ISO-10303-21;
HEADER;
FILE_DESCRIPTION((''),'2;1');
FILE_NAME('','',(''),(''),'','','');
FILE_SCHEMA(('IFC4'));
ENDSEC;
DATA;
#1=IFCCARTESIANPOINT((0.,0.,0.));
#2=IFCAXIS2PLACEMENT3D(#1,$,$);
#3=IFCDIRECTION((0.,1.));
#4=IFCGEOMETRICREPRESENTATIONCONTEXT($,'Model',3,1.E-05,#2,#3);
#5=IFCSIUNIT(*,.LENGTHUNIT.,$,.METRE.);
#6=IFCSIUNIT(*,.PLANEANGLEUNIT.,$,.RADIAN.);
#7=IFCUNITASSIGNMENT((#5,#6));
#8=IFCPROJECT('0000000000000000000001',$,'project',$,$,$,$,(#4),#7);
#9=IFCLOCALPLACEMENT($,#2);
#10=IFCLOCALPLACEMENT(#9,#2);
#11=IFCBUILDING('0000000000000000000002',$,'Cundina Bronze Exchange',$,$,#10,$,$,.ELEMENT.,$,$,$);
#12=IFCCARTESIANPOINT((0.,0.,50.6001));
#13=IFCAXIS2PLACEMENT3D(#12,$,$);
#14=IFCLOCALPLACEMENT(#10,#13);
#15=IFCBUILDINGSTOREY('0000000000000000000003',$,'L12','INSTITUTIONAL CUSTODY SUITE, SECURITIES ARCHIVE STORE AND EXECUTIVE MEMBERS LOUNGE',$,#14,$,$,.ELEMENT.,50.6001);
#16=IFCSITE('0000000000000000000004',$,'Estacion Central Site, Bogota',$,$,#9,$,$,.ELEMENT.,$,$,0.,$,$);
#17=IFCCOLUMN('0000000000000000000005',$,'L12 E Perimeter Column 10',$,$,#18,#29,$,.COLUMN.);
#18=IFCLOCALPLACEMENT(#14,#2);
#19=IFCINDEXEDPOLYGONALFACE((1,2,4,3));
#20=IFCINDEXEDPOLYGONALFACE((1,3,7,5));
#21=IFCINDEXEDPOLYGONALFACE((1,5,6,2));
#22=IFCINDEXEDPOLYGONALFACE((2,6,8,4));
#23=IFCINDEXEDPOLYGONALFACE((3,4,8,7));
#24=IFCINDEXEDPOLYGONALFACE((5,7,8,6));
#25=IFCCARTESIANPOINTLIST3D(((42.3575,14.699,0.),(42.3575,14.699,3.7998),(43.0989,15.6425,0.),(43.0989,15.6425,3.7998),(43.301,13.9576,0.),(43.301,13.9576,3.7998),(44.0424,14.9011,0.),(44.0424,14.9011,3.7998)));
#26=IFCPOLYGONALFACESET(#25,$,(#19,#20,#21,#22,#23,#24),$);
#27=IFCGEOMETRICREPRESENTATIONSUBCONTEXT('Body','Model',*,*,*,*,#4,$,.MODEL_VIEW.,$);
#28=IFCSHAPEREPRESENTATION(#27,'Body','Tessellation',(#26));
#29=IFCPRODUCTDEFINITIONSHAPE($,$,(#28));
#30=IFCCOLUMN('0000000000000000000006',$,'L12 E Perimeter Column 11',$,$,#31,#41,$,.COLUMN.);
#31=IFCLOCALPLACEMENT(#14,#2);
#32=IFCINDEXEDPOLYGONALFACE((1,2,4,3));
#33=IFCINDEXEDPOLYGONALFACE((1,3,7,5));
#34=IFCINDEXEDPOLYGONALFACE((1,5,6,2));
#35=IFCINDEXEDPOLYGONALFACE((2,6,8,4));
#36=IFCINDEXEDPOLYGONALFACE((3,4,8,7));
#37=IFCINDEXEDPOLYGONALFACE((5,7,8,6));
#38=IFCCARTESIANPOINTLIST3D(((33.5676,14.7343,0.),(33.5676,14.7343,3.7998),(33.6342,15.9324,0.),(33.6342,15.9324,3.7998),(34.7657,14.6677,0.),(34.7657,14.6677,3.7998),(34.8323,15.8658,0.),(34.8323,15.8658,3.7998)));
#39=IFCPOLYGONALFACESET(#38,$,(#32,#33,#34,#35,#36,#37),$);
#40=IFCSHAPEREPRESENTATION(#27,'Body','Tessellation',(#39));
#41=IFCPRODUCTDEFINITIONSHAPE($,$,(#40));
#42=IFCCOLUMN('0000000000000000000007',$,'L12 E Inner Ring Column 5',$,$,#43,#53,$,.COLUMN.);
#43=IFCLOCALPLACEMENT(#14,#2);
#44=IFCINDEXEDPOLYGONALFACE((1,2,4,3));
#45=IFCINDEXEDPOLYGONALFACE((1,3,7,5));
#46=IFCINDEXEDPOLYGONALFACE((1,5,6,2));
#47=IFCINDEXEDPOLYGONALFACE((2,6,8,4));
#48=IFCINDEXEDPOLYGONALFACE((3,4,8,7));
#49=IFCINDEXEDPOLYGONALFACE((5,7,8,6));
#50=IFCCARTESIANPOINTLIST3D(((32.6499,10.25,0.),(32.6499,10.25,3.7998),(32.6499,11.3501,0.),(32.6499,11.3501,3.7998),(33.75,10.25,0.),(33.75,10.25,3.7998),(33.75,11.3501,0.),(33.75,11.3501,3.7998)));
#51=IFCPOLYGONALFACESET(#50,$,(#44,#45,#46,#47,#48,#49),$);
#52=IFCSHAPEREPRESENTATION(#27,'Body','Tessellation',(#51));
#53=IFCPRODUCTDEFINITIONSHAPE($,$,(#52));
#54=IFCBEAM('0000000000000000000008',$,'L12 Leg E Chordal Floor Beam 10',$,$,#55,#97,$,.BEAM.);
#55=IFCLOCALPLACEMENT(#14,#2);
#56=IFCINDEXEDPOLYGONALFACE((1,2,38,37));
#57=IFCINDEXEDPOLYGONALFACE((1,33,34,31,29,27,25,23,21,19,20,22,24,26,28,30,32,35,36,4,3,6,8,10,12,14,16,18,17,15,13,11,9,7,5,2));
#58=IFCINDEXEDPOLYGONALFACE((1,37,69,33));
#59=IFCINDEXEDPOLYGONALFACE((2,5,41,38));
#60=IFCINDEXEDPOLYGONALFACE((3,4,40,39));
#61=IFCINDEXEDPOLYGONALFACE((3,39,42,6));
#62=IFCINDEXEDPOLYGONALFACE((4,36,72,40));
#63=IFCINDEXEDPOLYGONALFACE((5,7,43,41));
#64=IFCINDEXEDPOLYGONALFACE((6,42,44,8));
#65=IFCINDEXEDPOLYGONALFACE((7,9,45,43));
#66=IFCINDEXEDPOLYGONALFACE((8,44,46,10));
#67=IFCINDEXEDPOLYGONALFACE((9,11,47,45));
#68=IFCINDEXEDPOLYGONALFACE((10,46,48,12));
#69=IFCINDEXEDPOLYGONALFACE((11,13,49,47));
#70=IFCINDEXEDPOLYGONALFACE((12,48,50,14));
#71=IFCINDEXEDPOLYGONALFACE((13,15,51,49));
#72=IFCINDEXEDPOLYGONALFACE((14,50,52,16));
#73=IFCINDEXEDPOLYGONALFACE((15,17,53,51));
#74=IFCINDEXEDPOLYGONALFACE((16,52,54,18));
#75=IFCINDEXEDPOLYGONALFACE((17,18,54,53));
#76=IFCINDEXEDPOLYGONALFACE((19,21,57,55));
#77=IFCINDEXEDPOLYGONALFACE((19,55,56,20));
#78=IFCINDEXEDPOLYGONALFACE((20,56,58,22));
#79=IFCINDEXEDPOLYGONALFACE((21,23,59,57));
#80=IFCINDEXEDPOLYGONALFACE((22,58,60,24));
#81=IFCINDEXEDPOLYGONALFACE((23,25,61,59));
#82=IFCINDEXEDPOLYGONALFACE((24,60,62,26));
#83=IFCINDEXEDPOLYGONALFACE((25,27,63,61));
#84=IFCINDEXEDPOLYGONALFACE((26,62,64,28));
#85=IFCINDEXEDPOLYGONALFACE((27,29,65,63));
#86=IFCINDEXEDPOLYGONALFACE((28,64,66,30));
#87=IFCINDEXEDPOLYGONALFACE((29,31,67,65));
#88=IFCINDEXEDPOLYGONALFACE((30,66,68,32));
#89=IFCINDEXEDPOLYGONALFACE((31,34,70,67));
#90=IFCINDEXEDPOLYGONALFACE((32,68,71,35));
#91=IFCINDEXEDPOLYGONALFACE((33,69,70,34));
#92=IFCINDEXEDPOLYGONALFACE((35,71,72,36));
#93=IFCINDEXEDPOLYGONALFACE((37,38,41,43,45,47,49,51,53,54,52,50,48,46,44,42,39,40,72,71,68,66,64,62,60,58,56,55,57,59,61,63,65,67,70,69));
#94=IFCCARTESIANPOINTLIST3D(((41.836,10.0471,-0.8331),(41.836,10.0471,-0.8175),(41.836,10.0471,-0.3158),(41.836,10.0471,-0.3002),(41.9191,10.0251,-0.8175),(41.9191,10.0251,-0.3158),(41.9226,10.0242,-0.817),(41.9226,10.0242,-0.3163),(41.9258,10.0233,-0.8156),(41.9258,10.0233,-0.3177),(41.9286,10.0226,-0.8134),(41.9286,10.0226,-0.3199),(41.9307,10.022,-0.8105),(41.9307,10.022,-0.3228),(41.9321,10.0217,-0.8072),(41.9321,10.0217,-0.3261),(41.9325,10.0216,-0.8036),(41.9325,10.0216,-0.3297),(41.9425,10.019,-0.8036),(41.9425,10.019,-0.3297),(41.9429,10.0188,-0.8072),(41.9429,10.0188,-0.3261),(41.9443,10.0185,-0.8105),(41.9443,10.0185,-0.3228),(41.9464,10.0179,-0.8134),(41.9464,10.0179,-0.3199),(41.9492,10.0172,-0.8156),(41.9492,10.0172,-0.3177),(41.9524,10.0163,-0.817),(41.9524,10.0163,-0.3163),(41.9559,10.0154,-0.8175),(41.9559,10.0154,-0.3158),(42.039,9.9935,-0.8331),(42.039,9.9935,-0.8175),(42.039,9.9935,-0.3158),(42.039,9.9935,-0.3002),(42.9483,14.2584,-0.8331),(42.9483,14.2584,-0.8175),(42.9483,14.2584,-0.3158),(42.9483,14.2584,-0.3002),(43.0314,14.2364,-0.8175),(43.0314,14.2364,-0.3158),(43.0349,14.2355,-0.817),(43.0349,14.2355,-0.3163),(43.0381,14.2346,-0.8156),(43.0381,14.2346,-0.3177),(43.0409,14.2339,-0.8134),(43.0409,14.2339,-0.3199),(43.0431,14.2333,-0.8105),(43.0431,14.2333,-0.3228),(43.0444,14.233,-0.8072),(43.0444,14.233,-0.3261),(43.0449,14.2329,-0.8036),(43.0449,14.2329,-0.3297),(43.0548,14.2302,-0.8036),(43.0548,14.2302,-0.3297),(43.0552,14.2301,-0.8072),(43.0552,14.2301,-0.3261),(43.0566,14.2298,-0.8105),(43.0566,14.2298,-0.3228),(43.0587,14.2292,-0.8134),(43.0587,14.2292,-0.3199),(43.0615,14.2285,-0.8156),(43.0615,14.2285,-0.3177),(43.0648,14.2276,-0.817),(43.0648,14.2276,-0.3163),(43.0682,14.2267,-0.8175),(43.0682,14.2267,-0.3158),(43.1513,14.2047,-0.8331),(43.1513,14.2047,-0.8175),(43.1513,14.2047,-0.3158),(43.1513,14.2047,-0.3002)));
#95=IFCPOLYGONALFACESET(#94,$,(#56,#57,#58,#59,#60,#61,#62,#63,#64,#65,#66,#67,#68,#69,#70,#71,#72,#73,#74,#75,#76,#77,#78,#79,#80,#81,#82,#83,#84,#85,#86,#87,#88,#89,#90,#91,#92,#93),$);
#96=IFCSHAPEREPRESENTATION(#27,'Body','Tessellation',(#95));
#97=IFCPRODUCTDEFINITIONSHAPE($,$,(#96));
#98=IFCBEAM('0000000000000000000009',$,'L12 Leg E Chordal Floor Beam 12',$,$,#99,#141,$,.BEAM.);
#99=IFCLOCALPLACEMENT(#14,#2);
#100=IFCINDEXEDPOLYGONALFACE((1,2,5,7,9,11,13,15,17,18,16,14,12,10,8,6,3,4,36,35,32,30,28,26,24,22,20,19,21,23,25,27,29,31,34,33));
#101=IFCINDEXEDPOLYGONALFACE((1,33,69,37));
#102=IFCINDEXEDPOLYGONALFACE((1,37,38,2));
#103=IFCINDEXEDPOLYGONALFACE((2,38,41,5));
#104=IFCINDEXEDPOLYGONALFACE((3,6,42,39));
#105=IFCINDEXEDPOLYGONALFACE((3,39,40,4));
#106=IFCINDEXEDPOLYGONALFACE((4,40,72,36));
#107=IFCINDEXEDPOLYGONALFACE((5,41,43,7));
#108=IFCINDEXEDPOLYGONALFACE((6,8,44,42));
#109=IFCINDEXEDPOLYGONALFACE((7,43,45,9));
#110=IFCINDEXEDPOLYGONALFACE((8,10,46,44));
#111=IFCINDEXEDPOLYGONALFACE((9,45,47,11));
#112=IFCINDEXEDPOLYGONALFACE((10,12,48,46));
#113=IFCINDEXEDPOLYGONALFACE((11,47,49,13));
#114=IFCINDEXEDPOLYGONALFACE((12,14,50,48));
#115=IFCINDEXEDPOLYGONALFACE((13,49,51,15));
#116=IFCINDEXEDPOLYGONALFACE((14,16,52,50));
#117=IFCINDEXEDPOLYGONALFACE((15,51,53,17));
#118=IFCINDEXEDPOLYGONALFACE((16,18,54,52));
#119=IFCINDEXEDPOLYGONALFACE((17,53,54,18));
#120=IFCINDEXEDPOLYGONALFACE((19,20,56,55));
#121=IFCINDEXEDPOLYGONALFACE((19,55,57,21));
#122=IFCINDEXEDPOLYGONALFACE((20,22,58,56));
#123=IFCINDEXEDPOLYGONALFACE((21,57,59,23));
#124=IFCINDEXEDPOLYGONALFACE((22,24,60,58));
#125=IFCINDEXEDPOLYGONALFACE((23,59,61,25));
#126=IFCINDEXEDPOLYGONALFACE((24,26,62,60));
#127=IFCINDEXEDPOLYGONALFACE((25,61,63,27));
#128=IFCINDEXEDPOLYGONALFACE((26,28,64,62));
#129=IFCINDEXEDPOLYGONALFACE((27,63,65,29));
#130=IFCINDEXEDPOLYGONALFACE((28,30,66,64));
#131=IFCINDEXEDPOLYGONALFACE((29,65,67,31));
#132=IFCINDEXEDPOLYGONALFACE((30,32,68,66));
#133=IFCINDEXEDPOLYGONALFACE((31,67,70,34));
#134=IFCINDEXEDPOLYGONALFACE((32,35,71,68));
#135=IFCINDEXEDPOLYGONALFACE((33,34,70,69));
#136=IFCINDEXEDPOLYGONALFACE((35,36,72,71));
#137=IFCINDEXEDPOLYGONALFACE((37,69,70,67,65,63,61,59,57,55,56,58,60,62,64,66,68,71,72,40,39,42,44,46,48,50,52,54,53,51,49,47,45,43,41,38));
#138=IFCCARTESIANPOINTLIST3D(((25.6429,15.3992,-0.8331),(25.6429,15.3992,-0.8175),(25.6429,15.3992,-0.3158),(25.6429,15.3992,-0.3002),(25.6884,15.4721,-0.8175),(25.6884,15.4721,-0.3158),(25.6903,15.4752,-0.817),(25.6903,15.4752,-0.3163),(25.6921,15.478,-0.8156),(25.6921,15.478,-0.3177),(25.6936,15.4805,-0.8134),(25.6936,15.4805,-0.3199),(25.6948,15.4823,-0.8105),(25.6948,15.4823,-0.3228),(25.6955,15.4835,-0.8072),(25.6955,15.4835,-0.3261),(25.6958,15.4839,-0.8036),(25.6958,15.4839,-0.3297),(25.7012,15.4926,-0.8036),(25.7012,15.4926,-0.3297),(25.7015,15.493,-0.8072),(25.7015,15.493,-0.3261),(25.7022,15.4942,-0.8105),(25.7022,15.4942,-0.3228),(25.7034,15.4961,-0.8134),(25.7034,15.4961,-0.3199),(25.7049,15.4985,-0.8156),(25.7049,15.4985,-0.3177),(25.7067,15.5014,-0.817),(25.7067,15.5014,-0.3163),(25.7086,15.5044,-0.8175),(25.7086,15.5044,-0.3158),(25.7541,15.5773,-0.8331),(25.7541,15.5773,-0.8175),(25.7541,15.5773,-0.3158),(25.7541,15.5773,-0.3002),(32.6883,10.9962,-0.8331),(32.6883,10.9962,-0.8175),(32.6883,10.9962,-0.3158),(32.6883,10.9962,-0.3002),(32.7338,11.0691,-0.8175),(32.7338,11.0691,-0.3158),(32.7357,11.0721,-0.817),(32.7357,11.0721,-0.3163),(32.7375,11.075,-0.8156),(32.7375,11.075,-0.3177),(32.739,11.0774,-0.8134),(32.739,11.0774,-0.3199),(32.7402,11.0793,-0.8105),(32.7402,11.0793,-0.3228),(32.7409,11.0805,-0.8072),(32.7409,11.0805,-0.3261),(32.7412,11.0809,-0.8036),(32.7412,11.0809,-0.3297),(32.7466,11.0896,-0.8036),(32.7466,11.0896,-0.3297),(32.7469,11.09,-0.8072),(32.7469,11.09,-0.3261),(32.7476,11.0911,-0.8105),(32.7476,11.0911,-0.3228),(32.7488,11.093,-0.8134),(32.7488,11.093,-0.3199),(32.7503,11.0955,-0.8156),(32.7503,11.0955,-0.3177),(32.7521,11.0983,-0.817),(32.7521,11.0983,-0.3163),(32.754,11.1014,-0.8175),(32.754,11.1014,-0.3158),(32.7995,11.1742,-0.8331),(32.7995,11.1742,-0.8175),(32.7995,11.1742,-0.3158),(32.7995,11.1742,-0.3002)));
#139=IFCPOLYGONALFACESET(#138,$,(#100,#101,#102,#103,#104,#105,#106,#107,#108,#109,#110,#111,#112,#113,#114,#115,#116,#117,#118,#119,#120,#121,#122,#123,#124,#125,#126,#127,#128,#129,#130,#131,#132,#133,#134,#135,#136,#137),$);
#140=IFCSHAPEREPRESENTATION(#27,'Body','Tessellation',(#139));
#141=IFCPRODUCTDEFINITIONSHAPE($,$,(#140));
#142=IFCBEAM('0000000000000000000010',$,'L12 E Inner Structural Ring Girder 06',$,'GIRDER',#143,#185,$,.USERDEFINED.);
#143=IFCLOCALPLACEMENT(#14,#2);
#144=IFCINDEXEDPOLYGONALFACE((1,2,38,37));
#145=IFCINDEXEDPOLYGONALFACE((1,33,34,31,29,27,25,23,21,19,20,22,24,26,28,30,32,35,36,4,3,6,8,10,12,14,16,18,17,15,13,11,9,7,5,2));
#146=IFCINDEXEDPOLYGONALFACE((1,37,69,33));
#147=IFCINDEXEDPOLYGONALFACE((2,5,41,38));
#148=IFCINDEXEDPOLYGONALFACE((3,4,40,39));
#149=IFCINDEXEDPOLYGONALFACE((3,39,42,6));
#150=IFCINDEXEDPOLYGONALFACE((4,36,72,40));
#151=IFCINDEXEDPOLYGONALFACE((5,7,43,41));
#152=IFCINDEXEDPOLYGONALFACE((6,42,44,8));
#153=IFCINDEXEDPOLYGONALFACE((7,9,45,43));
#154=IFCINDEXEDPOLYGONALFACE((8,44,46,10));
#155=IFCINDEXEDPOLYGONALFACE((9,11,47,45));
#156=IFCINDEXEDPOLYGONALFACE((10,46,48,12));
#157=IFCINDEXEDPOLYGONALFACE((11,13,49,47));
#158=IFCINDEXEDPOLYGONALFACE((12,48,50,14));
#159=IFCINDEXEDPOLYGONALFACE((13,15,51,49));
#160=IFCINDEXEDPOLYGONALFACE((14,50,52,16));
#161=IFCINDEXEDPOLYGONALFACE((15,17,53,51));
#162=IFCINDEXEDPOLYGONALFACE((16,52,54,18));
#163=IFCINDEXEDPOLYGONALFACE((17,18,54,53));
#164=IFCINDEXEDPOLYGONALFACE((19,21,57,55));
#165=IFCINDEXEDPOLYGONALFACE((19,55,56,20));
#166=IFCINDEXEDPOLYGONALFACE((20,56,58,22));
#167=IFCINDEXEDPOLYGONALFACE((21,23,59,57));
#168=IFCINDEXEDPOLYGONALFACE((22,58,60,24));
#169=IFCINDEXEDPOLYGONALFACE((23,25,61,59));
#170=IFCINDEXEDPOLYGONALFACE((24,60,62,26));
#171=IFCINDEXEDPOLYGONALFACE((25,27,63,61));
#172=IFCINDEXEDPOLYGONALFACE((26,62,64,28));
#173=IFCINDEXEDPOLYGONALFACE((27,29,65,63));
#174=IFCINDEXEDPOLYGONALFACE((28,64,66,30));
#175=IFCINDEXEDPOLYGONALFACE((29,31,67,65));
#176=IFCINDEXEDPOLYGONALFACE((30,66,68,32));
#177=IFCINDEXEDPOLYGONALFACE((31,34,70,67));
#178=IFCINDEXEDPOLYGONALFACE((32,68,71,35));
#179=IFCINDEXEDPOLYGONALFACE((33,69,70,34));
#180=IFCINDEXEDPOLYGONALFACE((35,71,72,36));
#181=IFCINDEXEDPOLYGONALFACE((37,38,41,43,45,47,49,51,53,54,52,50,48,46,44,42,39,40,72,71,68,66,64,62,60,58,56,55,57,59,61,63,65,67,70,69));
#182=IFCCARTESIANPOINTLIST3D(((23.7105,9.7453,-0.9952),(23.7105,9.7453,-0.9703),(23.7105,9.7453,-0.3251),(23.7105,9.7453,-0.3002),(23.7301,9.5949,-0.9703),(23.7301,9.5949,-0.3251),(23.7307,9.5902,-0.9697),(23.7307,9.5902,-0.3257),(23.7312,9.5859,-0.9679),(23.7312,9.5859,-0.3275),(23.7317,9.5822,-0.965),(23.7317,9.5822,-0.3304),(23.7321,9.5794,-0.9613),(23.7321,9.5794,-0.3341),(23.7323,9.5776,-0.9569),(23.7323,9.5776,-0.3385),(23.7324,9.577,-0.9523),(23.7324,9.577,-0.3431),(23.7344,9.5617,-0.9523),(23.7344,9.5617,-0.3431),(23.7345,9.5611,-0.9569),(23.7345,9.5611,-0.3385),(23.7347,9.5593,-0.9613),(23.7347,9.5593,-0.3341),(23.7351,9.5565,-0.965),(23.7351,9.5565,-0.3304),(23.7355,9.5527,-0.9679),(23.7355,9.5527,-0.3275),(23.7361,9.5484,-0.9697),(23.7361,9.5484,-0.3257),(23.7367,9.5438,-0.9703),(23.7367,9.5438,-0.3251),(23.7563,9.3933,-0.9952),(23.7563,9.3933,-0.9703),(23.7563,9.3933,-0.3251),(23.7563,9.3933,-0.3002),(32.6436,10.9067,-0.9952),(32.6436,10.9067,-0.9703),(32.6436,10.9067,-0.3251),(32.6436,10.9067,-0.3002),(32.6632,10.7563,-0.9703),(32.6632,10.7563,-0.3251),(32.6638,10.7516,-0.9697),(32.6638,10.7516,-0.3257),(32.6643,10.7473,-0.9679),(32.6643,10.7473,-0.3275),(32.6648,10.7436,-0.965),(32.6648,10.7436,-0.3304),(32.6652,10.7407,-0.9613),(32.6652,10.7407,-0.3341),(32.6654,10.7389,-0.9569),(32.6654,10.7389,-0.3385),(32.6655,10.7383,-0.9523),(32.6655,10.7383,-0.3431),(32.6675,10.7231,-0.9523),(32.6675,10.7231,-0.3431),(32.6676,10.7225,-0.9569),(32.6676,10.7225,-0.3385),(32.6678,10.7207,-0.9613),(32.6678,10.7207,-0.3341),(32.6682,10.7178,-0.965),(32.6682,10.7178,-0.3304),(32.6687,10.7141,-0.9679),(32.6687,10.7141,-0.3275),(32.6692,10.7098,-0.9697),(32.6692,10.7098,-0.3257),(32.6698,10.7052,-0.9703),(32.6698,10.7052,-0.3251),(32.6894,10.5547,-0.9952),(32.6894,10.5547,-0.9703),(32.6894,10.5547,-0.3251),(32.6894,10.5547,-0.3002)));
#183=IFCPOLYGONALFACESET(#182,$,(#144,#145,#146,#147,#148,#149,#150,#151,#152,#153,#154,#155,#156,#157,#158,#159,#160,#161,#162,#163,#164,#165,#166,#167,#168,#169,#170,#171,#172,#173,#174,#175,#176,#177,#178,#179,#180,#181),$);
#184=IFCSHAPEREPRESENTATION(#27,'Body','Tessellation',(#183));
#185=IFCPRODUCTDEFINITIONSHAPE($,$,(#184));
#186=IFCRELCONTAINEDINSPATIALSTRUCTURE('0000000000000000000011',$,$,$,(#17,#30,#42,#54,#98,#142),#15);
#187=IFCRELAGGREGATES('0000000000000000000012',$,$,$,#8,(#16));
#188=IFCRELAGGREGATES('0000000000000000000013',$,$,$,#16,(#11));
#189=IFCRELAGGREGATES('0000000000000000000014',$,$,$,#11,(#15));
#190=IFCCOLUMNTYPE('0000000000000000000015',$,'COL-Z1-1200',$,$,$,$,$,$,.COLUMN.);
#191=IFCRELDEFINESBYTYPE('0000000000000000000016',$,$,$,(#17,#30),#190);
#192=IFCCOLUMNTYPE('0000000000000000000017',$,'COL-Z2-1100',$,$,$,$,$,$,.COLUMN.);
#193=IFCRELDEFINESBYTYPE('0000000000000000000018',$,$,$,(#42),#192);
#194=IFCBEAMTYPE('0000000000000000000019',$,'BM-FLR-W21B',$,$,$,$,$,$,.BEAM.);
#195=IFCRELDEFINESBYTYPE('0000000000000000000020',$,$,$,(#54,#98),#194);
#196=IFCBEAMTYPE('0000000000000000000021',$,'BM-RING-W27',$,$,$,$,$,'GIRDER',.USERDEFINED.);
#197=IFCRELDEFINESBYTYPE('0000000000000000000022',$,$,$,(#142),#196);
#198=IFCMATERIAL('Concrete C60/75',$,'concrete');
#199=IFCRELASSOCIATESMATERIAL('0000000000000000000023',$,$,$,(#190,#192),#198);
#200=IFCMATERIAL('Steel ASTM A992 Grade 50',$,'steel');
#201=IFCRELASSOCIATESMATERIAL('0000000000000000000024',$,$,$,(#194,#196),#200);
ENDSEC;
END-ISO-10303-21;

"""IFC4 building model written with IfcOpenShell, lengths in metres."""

from ifc_helpers import new_model, si_unit, direction, frame, origin, origin_2d, place, context, subcontext, project, spatial, rectangle, i_section, extrude, material, material_profile, profile_set, type_object, element, save


model = new_model("IFC4")

# Units and contexts
model_context = context("Model", 3, precision=1e-05, world=origin(), true_north=direction((0.0, 1.0)))
body_context = subcontext(model_context, "Body", "Model", "MODEL_VIEW")
ifc_project = project(units=[si_unit("LENGTHUNIT", "METRE"), si_unit("PLANEANGLEUNIT", "RADIAN")], contexts=[model_context])

# Site, building, storey
site_placement = place(None, origin())
site = spatial("IfcSite", under=ifc_project, at=site_placement, Name="Estacion Central Site, Bogota", CompositionType="ELEMENT", RefElevation=0.0)
building_placement = place(site_placement, origin())
building = spatial("IfcBuilding", under=site, at=building_placement, Name="Cundina Bronze Exchange", CompositionType="ELEMENT")
storey_placement = place(building_placement, frame((0.0, 0.0, 50.6001)))
storey = spatial("IfcBuildingStorey", under=building, at=storey_placement, Name="L12", Description="INSTITUTIONAL CUSTODY SUITE, SECURITIES ARCHIVE STORE AND EXECUTIVE MEMBERS LOUNGE", CompositionType="ELEMENT", Elevation=50.6001)

# Columns
ifc_material_1 = material(Name="Concrete C60/75", Category="concrete")
ifc_material_profile_1 = material_profile(ifc_material_1, rectangle(XDim=1.2, YDim=1.2, at=origin_2d()), Name="RC1200X1200", Category="concrete")
ifc_profile_set_1 = profile_set([ifc_material_profile_1], Name="Concrete C60/75")
column_type_1 = type_object("IfcColumnType", Name="COL-Z1-1200", PredefinedType="COLUMN", material=ifc_profile_set_1)
for number, where, z_axis, x_axis, name in (
    (1, (43.2, 14.8, 0.0), (0.0, 0.0, 1.0), (-0.786288, 0.61786, 0.0), "L12 E Perimeter Column 10"),
    (2, (34.2, 15.3, 0.0), (0.0, 0.0, 1.0), (-0.99846, 0.055473, 0.0), "L12 E Perimeter Column 11"),
):
    element("IfcColumn", number, at=place(storey_placement, frame(where, z_axis=z_axis, x_axis=x_axis)), inside=storey, type_object=column_type_1, Name=name, PredefinedType="COLUMN", context=body_context, shape_type="SweptSolid", body=[
        extrude(rectangle(XDim=1.2, YDim=1.2, at=origin_2d()), origin(), (0.0, 0.0, 1.0), 3.7998),
    ])
ifc_material_profile_2 = material_profile(ifc_material_1, rectangle(XDim=1.1001, YDim=1.1001, at=origin_2d()), Name="RC1100X1100", Category="concrete")
ifc_profile_set_2 = profile_set([ifc_material_profile_2], Name="Concrete C60/75")
column_type_2 = type_object("IfcColumnType", Name="COL-Z2-1100", PredefinedType="COLUMN", material=ifc_profile_set_2)
column_placement = place(storey_placement, frame((33.2, 10.8, 0.0), z_axis=(0.0, 0.0, 1.0), x_axis=(1.0, 0.0, 0.0)))
element("IfcColumn", 3, at=column_placement, inside=storey, type_object=column_type_2, Name="L12 E Inner Ring Column 5", PredefinedType="COLUMN", context=body_context, shape_type="SweptSolid", body=[
    extrude(rectangle(XDim=1.1001, YDim=1.1001, at=origin_2d()), origin(), (0.0, 0.0, 1.0), 3.7998),
])

# Beams
ifc_material_2 = material(Name="Steel ASTM A992 Grade 50", Category="steel")
ifc_material_profile_3 = material_profile(ifc_material_2, i_section(OverallWidth=0.21, OverallDepth=0.533, WebThickness=0.0103, FlangeThickness=0.0156, FilletRadius=0.0139, at=origin_2d()), Name="W21X62", Category="steel")
ifc_profile_set_3 = profile_set([ifc_material_profile_3], Name="Steel ASTM A992 Grade 50")
beam_type_1 = type_object("IfcBeamType", Name="BM-FLR-W21B", PredefinedType="BEAM", material=ifc_profile_set_3)
beam_1_placement = place(storey_placement, frame((41.9375, 10.0203, -0.5667), z_axis=(0.255373, 0.966843, 0.0), x_axis=(-0.966843, 0.255373, 0.0)))
element("IfcBeam", 4, at=beam_1_placement, inside=storey, type_object=beam_type_1, Name="L12 Leg E Chordal Floor Beam 10", PredefinedType="BEAM", context=body_context, shape_type="SweptSolid", body=[
    extrude(i_section(OverallWidth=0.21, OverallDepth=0.533, WebThickness=0.0103, FlangeThickness=0.0156, FilletRadius=0.0139, at=origin_2d()), origin(), (0.0, 0.0, 1.0), 4.3557),
])
beam_2_placement = place(storey_placement, frame((32.7439, 11.0852, -0.5667), z_axis=(-0.848015, 0.529973, 0.0), x_axis=(-0.529973, -0.848015, 0.0)))
element("IfcBeam", 5, at=beam_2_placement, inside=storey, type_object=beam_type_1, Name="L12 Leg E Chordal Floor Beam 12", PredefinedType="BEAM", context=body_context, shape_type="SweptSolid", body=[
    extrude(i_section(OverallWidth=0.21, OverallDepth=0.533, WebThickness=0.0103, FlangeThickness=0.0156, FilletRadius=0.0139, at=origin_2d()), origin(), (0.0, 0.0, 1.0), 8.3081),
])
ifc_material_profile_4 = material_profile(ifc_material_2, i_section(OverallWidth=0.355, OverallDepth=0.6951, WebThickness=0.0154, FlangeThickness=0.0249, FilletRadius=0.0181, at=origin_2d()), Name="W27X146", Category="steel")
ifc_profile_set_4 = profile_set([ifc_material_profile_4], Name="Steel ASTM A992 Grade 50")
beam_type_2 = type_object("IfcBeamType", Name="BM-RING-W27", ElementType="GIRDER", PredefinedType="USERDEFINED", material=ifc_profile_set_4)
beam_3_placement = place(storey_placement, frame((32.6665, 10.7307, -0.6477), z_axis=(-0.991655, -0.128923, 0.0), x_axis=(0.128923, -0.991655, 0.0)))
element("IfcBeam", 6, at=beam_3_placement, inside=storey, type_object=beam_type_2, Name="L12 E Inner Structural Ring Girder 06", ObjectType="GIRDER", PredefinedType="USERDEFINED", context=body_context, shape_type="SweptSolid", body=[
    extrude(i_section(OverallWidth=0.355, OverallDepth=0.6951, WebThickness=0.0154, FlangeThickness=0.0249, FilletRadius=0.0181, at=origin_2d()), origin(), (0.0, 0.0, 1.0), 9.0083),
])

save(model, "model.ifc")
